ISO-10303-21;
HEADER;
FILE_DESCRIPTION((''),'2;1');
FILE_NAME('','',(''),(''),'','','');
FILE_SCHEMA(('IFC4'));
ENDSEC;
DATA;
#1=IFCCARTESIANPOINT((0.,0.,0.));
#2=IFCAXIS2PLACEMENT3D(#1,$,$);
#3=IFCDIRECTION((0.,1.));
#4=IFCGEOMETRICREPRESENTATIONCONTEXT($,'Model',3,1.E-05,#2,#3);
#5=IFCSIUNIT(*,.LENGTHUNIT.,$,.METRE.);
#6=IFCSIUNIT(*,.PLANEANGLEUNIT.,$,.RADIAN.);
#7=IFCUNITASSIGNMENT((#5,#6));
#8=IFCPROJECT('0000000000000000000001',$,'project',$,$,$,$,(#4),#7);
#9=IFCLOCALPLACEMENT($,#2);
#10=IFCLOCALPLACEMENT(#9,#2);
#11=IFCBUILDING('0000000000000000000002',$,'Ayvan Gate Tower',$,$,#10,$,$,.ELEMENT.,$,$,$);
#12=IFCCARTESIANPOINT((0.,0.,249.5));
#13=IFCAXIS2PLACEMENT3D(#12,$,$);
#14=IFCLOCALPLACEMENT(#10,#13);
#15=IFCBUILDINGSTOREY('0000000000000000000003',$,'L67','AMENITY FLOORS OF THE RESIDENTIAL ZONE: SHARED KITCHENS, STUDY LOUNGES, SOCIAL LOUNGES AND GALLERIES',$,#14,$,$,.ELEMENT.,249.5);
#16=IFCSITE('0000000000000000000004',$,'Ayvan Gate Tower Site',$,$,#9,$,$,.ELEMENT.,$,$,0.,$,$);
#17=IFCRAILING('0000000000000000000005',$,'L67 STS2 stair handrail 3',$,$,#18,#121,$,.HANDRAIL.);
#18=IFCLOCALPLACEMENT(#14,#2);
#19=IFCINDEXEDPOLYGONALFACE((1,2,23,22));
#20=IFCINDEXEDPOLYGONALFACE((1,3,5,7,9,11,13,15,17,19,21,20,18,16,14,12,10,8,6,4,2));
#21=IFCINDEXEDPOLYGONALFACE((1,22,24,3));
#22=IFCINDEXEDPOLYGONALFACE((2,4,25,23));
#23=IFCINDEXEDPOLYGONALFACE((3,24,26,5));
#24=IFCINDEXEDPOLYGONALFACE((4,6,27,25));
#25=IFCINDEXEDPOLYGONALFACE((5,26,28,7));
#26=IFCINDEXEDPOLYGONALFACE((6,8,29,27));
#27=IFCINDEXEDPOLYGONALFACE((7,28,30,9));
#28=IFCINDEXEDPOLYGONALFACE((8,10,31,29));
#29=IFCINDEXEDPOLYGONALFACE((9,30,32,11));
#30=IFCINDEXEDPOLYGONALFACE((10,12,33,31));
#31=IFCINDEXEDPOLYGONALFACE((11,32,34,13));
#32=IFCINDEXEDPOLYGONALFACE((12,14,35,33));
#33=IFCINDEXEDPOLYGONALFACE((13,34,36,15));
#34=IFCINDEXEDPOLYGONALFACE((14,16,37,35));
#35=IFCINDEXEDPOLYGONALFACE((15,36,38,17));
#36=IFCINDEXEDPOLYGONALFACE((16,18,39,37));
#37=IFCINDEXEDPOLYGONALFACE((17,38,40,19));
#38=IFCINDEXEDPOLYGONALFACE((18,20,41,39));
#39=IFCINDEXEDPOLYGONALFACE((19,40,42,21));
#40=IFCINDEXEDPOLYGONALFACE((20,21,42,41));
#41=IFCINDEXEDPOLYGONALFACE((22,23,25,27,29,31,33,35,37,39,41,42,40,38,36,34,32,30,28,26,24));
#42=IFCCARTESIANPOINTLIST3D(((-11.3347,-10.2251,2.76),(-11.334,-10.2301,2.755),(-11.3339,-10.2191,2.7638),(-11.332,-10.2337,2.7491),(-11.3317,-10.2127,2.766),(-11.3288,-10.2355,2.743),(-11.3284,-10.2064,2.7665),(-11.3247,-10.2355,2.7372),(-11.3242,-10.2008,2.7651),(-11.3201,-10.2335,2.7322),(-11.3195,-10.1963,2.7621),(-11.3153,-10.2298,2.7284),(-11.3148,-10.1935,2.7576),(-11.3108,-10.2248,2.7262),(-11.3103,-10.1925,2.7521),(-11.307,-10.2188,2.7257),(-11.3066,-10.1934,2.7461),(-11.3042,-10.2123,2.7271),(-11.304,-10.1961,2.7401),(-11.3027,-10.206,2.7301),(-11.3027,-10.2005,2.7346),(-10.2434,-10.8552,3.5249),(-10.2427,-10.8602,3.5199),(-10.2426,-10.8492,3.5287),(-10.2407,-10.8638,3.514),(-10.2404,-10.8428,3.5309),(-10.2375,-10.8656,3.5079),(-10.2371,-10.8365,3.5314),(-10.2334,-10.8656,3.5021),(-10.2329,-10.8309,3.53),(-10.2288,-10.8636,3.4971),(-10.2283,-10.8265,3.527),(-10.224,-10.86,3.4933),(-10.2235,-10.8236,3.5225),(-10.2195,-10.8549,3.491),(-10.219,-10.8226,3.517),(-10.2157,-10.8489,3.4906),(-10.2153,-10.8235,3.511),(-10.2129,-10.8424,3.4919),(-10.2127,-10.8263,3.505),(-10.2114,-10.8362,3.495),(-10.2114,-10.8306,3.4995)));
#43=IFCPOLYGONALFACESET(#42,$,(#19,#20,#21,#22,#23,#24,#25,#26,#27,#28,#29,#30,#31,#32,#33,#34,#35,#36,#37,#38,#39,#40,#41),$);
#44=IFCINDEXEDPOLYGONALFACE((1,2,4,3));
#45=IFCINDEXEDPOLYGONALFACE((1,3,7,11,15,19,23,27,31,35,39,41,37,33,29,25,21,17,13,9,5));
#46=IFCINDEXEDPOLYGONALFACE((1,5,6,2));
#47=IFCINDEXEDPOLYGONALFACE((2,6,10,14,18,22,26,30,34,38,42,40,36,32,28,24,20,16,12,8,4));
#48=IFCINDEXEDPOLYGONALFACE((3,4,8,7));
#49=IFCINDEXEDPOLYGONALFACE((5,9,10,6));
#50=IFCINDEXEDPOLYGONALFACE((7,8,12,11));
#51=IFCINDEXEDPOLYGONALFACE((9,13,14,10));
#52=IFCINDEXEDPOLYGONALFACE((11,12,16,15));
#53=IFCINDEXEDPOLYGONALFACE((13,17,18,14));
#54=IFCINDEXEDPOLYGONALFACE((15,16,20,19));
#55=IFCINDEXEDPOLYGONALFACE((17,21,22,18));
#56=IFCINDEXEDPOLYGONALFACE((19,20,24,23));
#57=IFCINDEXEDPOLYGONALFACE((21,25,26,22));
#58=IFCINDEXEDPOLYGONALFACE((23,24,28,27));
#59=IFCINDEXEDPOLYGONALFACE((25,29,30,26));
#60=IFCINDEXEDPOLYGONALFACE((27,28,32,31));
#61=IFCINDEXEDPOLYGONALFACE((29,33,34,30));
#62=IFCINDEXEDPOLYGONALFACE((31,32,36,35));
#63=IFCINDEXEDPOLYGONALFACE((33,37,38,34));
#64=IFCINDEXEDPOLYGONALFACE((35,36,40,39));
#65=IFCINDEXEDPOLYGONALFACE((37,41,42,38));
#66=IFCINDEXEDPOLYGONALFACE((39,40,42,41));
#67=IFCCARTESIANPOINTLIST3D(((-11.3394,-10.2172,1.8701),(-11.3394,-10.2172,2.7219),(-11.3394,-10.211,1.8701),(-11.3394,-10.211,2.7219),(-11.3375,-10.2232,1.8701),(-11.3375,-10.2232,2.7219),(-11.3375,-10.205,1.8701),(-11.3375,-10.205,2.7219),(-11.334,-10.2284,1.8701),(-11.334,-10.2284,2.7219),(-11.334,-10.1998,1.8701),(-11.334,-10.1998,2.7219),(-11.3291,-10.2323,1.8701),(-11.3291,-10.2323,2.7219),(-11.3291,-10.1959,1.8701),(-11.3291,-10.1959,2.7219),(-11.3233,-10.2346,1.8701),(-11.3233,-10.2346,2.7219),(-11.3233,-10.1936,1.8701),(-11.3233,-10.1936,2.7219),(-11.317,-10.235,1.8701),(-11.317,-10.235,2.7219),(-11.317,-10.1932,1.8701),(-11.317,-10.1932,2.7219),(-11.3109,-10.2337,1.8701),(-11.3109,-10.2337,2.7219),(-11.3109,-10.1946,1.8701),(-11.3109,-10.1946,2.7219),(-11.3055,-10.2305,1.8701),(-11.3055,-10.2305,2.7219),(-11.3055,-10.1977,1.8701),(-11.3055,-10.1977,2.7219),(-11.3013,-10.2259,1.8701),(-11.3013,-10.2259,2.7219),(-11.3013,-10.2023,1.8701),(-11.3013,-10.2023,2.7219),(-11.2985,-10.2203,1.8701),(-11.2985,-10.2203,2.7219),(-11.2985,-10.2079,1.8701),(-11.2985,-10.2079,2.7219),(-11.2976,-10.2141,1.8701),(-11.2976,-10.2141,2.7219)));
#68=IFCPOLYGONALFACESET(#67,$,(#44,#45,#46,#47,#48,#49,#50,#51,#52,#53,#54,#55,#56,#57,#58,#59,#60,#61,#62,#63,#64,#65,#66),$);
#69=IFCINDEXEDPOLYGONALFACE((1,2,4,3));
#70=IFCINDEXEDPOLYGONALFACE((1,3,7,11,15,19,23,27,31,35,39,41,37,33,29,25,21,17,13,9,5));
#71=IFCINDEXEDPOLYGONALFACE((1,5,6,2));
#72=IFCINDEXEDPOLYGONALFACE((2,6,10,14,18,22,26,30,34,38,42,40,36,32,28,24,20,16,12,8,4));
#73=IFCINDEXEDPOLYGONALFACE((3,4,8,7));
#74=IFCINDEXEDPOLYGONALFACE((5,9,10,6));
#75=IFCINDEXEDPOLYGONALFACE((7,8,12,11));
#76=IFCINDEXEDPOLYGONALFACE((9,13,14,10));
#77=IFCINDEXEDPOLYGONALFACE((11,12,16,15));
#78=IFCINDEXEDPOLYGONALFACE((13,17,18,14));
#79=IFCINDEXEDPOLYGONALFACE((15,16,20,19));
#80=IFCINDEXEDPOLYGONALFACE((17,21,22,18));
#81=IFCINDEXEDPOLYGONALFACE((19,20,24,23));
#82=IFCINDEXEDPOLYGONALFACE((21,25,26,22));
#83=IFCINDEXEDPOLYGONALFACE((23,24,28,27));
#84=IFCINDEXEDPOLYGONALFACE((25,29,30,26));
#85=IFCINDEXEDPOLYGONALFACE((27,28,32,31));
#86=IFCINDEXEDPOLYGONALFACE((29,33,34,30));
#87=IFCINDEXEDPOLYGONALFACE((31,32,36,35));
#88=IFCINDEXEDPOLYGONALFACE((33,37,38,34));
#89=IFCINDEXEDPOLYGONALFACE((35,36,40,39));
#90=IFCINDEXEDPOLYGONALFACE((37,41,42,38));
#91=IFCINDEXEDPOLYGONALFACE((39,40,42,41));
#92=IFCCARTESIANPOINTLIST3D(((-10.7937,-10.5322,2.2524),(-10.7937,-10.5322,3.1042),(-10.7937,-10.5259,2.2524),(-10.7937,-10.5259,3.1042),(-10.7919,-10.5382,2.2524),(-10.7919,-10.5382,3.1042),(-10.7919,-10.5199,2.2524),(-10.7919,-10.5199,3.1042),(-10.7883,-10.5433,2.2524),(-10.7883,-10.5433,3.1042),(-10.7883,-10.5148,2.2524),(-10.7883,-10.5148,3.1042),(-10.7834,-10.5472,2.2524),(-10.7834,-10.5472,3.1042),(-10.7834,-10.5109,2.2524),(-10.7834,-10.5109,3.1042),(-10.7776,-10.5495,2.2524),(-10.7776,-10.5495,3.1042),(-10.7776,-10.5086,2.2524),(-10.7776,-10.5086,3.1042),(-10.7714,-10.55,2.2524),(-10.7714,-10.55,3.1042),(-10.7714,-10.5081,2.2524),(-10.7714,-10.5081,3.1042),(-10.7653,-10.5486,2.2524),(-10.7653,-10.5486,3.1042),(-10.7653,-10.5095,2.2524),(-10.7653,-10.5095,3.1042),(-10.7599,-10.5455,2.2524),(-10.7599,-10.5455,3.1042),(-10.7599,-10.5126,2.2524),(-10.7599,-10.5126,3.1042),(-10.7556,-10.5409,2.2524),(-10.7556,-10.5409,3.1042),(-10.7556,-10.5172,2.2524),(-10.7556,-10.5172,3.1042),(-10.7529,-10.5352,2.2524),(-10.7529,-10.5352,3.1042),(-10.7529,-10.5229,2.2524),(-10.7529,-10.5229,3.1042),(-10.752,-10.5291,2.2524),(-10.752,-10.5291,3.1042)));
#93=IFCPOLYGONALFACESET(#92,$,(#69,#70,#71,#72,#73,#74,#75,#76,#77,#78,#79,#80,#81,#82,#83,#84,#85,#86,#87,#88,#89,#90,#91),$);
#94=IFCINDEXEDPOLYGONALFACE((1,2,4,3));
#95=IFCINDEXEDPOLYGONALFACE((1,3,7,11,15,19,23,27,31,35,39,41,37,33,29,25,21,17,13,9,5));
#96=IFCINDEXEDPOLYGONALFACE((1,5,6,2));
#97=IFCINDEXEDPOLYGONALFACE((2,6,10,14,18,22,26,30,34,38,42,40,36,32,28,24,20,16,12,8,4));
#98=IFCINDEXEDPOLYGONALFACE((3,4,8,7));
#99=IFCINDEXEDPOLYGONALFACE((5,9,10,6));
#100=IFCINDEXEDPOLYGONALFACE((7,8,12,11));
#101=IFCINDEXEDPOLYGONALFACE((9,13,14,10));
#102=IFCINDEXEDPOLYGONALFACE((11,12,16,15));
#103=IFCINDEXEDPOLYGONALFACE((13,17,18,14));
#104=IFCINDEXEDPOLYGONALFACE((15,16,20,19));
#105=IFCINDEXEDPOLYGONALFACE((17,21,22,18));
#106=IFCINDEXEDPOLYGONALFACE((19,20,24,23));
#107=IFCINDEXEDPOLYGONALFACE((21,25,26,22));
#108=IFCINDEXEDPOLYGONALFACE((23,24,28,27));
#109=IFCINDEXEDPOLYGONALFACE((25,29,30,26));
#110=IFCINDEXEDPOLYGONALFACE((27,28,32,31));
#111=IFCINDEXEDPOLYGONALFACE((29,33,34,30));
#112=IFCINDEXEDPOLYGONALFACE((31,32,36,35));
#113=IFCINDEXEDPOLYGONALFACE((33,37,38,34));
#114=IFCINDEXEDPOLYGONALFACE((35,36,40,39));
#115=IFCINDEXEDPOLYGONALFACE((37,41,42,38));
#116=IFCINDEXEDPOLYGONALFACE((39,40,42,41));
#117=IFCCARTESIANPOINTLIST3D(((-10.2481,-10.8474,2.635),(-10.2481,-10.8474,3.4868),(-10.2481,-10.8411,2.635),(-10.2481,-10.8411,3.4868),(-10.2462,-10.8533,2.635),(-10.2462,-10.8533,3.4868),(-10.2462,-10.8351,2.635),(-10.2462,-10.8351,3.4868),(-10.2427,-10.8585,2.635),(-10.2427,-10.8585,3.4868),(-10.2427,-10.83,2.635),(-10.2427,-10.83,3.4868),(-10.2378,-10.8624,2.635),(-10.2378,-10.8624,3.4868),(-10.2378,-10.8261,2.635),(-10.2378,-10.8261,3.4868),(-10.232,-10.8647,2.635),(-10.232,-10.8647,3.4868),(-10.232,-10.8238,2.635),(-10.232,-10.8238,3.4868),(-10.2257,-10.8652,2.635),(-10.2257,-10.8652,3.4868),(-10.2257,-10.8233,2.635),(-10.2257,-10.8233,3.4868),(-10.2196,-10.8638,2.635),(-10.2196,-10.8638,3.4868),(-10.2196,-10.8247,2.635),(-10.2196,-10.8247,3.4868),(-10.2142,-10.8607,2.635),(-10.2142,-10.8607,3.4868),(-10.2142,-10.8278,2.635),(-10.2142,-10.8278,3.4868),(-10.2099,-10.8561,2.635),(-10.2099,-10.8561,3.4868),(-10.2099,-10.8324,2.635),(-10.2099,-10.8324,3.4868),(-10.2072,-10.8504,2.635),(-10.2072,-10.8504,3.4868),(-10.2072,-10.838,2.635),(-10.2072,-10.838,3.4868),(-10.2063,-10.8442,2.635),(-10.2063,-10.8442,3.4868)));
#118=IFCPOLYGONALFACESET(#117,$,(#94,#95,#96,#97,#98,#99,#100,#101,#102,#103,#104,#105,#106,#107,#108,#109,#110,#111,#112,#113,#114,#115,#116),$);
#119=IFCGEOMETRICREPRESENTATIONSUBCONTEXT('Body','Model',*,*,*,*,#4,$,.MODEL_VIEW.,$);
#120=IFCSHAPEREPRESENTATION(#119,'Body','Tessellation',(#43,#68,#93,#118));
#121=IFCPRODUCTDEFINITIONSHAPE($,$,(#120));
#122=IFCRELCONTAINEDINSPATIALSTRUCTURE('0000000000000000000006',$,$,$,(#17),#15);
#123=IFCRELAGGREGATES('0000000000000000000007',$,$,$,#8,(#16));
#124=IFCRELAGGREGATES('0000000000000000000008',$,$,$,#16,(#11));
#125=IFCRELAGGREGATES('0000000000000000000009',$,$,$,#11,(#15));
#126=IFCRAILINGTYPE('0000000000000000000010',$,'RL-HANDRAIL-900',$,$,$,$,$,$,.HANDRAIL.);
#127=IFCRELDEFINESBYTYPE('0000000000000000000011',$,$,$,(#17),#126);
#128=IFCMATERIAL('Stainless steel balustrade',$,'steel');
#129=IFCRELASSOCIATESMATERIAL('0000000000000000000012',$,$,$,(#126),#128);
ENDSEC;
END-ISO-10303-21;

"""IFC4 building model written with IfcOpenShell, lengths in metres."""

from ifc_helpers import new_model, si_unit, direction, frame, origin, origin_2d, place, context, subcontext, project, spatial, circle, extrude, material, type_object, element, save


model = new_model("IFC4")

# Units and contexts
model_context = context("Model", 3, precision=1e-05, world=origin(), true_north=direction((0.0, 1.0)))
body_context = subcontext(model_context, "Body", "Model", "MODEL_VIEW")
ifc_project = project(units=[si_unit("LENGTHUNIT", "METRE"), si_unit("PLANEANGLEUNIT", "RADIAN")], contexts=[model_context])

# Site, building, storey
site_placement = place(None, origin())
site = spatial("IfcSite", under=ifc_project, at=site_placement, Name="Ayvan Gate Tower Site", CompositionType="ELEMENT", RefElevation=0.0)
building_placement = place(site_placement, origin())
building = spatial("IfcBuilding", under=site, at=building_placement, Name="Ayvan Gate Tower", CompositionType="ELEMENT")
storey_placement = place(building_placement, frame((0.0, 0.0, 249.5)))
storey = spatial("IfcBuildingStorey", under=building, at=storey_placement, Name="L67", Description="AMENITY FLOORS OF THE RESIDENTIAL ZONE: SHARED KITCHENS, STUDY LOUNGES, SOCIAL LOUNGES AND GALLERIES", CompositionType="ELEMENT", Elevation=249.5)

# Railing
ifc_material_1 = material(Name="Stainless steel balustrade", Category="steel")
railing_type_1 = type_object("IfcRailingType", Name="RL-HANDRAIL-900", PredefinedType="HANDRAIL", material=ifc_material_1)
railing_1_placement = place(storey_placement, frame((-11.3186, -10.2141, 1.8701)))
element("IfcRailing", 1, at=railing_1_placement, inside=storey, type_object=railing_type_1, Name="L67 STS2 stair handrail 3", PredefinedType="HANDRAIL", context=body_context, shape_type="SweptSolid", body=[
    extrude(circle(Radius=0.0239, at=origin_2d()), frame((0.0, 0.0, 0.876), z_axis=(0.740304, -0.427455, 0.518875), x_axis=(0.500035, 0.866005, 0.0)), (0.0, 0.0, 1.0), 1.4741),
    extrude(circle(Radius=0.021, at=origin_2d()), origin(), (0.0, 0.0, 1.0), 0.8518),
    extrude(circle(Radius=0.021, at=origin_2d()), frame((0.5457, -0.3149, 0.3823)), (0.0, 0.0, 1.0), 0.8518),
    extrude(circle(Radius=0.021, at=origin_2d()), frame((1.0913, -0.6301, 0.7649)), (0.0, 0.0, 1.0), 0.8518),
])

save(model, "model.ifc")
